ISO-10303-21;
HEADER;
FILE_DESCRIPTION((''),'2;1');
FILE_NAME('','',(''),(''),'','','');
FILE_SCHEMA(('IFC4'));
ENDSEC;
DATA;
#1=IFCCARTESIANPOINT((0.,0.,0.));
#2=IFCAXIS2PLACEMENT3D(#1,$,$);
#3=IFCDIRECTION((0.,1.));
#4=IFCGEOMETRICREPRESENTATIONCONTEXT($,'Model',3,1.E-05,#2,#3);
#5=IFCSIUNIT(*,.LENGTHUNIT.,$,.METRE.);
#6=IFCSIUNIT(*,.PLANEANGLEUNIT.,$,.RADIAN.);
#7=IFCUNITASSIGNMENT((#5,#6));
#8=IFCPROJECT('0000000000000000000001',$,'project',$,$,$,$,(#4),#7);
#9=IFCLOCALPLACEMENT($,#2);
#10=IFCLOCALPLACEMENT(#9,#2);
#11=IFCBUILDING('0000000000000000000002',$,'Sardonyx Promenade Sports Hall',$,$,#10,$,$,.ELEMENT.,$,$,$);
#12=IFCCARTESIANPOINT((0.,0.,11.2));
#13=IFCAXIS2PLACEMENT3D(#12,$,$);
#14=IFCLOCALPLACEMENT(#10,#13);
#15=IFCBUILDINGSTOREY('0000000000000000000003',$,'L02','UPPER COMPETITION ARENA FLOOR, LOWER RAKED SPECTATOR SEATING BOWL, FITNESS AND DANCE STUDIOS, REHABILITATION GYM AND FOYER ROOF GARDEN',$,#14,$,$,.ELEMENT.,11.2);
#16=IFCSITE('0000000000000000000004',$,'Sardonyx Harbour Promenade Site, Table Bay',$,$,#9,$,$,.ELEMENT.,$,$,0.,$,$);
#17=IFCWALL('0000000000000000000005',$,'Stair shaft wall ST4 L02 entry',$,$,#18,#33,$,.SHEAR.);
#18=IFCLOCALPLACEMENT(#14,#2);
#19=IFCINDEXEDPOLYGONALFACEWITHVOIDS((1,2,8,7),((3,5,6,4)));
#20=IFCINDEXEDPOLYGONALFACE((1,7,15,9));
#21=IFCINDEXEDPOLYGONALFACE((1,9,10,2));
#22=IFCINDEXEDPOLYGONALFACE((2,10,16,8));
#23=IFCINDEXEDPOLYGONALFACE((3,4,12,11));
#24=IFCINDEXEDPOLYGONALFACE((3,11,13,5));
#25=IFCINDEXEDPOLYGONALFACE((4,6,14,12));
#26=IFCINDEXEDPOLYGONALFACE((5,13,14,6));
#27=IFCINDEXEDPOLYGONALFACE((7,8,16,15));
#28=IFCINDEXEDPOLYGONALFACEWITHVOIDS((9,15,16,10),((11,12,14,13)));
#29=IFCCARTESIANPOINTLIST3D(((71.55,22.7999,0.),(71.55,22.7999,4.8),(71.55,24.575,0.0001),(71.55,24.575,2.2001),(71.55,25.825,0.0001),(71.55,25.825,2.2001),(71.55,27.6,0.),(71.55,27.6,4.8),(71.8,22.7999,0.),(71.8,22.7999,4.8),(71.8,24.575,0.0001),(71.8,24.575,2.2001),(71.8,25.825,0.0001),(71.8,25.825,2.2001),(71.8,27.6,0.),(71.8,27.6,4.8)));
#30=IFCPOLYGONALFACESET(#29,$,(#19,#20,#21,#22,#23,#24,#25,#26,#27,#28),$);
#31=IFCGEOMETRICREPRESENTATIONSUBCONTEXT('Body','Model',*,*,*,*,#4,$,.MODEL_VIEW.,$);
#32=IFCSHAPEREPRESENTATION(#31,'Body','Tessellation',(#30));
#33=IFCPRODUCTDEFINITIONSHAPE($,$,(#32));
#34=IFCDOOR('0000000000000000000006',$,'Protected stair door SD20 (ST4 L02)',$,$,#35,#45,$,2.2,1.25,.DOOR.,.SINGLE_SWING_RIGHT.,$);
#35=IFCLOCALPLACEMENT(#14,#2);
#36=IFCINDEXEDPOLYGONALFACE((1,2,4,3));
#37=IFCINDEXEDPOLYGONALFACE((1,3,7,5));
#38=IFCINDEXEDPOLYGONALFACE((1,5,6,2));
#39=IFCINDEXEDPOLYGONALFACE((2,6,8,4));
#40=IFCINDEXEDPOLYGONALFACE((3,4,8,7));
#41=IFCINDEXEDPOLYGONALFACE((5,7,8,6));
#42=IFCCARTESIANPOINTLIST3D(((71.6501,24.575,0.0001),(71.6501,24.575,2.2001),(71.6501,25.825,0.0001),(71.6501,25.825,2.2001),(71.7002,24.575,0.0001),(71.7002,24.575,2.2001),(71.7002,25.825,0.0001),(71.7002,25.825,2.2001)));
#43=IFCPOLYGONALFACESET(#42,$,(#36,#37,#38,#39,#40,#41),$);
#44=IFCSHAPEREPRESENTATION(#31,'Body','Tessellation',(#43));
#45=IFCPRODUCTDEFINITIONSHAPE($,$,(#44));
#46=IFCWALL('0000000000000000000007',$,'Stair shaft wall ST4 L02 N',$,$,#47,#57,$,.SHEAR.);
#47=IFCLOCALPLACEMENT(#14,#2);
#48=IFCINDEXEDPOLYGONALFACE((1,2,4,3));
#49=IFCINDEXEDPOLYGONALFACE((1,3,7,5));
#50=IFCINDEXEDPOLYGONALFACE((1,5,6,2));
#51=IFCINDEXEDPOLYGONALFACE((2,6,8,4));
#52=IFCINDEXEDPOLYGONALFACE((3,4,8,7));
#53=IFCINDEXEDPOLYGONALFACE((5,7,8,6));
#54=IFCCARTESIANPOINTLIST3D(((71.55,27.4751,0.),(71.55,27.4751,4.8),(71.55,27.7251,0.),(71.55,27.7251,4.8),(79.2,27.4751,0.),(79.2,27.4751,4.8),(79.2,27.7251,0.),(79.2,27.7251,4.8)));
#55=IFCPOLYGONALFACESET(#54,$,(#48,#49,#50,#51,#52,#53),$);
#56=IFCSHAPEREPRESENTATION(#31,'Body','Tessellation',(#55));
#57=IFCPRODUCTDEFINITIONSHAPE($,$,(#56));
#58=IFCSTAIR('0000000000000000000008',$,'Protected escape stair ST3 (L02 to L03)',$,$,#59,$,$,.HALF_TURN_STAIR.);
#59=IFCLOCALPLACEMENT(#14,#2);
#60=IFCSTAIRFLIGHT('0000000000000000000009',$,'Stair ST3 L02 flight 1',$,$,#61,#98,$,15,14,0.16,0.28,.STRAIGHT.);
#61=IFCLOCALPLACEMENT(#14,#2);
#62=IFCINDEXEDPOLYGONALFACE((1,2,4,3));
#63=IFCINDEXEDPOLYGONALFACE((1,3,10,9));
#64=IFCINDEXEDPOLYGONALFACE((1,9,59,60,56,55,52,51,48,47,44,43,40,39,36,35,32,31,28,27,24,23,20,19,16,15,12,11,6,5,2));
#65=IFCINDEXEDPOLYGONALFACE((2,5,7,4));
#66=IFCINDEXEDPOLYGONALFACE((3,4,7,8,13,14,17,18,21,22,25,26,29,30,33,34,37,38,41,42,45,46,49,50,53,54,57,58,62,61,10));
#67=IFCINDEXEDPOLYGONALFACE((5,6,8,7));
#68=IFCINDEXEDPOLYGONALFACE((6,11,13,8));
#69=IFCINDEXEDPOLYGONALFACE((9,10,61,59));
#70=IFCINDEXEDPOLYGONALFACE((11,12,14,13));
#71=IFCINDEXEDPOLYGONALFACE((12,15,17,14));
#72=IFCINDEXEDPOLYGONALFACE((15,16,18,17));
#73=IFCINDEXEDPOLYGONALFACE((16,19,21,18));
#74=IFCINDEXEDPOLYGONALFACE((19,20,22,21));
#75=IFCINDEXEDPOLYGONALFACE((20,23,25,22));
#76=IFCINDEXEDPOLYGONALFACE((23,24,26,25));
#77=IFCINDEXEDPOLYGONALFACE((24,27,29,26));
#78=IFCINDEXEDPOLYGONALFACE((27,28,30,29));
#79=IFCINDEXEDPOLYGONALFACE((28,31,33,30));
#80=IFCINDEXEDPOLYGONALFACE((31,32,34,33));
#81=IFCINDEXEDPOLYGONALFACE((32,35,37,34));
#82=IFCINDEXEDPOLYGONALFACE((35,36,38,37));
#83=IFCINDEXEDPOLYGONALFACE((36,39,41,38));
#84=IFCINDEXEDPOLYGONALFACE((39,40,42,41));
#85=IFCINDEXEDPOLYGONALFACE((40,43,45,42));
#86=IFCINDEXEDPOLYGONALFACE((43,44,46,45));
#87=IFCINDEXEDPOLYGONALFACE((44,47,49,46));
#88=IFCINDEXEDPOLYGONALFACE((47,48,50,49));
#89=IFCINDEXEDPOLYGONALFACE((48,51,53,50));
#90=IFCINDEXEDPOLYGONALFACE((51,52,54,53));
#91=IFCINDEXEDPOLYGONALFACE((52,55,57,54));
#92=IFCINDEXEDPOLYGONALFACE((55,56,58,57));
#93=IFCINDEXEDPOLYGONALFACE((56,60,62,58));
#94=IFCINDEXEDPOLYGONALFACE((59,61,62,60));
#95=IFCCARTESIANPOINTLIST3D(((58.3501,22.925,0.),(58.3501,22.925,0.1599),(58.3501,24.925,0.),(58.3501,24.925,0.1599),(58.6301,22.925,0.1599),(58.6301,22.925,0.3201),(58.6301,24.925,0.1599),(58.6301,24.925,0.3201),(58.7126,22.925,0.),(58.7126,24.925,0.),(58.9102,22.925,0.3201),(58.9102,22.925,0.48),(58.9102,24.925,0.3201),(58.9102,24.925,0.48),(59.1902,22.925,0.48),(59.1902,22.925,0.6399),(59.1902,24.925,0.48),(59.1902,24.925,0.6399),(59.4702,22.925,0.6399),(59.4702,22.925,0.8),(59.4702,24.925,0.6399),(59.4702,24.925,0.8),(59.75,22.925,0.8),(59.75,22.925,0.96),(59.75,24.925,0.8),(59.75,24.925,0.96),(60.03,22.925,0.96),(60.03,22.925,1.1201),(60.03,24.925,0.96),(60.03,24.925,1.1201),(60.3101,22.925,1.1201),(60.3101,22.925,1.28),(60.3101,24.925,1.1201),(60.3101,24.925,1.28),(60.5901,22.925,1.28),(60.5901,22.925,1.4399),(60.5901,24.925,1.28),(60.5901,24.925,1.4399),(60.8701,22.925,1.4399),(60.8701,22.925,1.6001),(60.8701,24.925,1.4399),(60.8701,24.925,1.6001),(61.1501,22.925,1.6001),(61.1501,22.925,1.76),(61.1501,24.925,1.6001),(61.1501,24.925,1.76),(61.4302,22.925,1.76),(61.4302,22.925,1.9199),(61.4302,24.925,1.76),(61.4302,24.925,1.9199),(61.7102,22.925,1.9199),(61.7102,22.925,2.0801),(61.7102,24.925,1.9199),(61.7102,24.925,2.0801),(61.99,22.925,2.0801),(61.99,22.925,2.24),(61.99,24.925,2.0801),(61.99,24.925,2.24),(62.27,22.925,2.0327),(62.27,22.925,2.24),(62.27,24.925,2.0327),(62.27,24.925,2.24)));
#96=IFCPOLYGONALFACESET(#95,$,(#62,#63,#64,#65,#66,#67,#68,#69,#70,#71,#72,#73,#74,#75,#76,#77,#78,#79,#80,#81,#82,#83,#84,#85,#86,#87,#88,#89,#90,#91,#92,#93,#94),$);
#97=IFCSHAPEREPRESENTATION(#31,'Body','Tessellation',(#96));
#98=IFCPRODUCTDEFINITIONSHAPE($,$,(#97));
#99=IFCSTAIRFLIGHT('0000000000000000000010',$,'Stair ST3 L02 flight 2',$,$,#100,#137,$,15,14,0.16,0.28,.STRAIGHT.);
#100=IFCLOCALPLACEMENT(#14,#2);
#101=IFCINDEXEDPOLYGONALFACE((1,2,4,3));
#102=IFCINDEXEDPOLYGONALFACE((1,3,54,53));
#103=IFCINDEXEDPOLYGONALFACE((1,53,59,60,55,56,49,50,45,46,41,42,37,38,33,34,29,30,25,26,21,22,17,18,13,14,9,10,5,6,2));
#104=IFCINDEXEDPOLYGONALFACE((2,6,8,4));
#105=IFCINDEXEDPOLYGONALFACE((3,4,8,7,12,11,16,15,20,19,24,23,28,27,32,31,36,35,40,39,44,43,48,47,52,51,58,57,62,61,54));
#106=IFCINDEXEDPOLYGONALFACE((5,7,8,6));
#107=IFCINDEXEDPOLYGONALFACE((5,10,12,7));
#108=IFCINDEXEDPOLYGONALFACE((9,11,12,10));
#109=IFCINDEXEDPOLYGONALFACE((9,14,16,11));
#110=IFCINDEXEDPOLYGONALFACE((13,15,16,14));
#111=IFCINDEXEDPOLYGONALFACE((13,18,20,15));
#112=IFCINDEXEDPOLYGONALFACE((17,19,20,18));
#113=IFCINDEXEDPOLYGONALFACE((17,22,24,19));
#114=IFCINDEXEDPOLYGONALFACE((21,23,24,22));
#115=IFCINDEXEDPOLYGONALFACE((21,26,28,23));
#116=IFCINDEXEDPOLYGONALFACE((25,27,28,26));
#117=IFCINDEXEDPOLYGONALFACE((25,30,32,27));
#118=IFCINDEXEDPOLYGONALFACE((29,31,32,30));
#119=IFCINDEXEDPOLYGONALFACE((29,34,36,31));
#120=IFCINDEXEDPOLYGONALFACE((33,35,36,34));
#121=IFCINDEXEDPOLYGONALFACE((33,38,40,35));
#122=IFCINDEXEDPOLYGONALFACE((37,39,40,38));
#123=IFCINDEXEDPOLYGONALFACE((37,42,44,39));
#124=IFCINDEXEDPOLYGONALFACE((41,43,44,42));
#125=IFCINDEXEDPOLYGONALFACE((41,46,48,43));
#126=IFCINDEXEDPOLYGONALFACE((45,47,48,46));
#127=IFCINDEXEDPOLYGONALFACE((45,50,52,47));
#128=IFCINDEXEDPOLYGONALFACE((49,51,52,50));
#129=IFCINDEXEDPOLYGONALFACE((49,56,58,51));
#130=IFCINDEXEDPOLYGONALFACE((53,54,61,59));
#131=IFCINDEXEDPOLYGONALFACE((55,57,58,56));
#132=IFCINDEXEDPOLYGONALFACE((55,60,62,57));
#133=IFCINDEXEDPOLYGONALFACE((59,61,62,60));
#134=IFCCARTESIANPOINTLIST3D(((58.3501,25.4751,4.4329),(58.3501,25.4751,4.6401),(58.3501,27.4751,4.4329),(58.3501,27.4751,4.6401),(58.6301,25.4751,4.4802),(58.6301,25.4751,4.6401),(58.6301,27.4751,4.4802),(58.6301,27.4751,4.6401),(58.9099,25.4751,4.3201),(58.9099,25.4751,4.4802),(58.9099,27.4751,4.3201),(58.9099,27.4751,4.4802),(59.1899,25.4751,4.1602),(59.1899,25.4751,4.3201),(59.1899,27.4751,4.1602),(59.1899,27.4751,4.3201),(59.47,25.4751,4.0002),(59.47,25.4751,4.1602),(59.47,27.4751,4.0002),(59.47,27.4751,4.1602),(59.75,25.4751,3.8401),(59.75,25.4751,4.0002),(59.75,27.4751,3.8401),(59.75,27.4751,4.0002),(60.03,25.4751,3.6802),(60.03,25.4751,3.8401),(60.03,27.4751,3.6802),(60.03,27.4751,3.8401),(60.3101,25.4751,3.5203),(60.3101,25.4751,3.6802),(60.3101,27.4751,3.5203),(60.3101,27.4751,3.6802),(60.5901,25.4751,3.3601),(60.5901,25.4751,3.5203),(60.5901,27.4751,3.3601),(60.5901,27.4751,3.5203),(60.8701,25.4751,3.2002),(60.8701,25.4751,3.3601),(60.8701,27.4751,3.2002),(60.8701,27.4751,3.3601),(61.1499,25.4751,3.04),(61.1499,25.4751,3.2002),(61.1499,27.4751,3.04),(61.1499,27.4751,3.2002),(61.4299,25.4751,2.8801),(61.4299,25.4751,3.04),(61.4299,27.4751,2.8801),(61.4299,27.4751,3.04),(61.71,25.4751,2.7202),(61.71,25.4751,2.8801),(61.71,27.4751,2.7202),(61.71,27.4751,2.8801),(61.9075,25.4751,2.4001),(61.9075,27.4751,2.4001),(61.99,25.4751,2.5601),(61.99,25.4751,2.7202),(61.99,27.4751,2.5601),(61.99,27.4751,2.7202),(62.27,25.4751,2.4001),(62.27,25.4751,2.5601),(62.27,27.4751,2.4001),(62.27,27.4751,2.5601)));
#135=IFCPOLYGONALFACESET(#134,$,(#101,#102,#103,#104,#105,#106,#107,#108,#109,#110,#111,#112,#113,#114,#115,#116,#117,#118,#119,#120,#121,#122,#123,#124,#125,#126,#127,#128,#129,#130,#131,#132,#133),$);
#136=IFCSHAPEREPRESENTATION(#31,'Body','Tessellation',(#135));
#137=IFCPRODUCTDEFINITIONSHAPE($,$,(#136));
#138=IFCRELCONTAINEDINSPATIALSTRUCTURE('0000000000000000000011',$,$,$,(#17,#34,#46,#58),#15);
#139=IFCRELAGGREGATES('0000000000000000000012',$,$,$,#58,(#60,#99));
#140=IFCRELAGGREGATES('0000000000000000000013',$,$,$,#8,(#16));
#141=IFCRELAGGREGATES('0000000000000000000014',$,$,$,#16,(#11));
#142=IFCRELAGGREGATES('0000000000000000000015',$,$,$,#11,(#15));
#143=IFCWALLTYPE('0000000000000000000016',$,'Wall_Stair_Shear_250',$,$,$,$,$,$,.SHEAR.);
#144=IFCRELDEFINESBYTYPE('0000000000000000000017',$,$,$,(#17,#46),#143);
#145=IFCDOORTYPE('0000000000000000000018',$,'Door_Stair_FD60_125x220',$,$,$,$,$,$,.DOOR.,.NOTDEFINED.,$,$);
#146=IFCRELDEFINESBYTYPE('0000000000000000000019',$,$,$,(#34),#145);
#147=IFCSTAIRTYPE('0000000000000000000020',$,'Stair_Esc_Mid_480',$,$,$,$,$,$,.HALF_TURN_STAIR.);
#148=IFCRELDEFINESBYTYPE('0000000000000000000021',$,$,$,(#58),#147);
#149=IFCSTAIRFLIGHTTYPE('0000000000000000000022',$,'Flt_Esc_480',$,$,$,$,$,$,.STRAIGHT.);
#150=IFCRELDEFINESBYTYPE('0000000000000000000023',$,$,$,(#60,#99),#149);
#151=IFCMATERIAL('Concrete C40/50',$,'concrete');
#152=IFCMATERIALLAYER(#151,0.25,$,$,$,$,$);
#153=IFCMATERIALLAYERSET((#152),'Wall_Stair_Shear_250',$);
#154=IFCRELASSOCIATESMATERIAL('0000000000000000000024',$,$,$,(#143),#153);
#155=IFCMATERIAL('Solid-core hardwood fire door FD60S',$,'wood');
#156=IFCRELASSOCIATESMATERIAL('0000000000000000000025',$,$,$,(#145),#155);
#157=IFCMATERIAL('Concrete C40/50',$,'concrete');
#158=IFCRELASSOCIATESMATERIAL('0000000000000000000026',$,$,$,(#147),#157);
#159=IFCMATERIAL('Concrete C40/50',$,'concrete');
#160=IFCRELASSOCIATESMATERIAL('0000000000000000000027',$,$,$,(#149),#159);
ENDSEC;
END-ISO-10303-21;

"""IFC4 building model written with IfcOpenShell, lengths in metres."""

from ifc_helpers import new_model, si_unit, direction, frame, frame_2d, origin, place, context, subcontext, project, spatial, polyline, rectangle, outline, extrude, material, layer, layer_set, type_object, element, fill, aggregate, save


model = new_model("IFC4")

# Units and contexts
model_context = context("Model", 3, precision=1e-05, world=origin(), true_north=direction((0.0, 1.0)))
body_context = subcontext(model_context, "Body", "Model", "MODEL_VIEW")
ifc_project = project(units=[si_unit("LENGTHUNIT", "METRE"), si_unit("PLANEANGLEUNIT", "RADIAN")], contexts=[model_context])

# Site, building, storey
site_placement = place(None, origin())
site = spatial("IfcSite", under=ifc_project, at=site_placement, Name="Sardonyx Harbour Promenade Site, Table Bay", CompositionType="ELEMENT", RefElevation=0.0)
building_placement = place(site_placement, origin())
building = spatial("IfcBuilding", under=site, at=building_placement, Name="Sardonyx Promenade Sports Hall", CompositionType="ELEMENT")
storey_placement = place(building_placement, frame((0.0, 0.0, 11.2)))
storey = spatial("IfcBuildingStorey", under=building, at=storey_placement, Name="L02", Description="UPPER COMPETITION ARENA FLOOR, LOWER RAKED SPECTATOR SEATING BOWL, FITNESS AND DANCE STUDIOS, REHABILITATION GYM AND FOYER ROOF GARDEN", CompositionType="ELEMENT", Elevation=11.2)

# Shared definitions
ifc_material_1 = material(Name="Concrete C40/50", Category="concrete")
ifc_layer_1 = layer(ifc_material_1, 0.25)
ifc_layer_set_1 = layer_set([ifc_layer_1], Name="Wall_Stair_Shear_250")
wall_type_1 = type_object("IfcWallType", Name="Wall_Stair_Shear_250", PredefinedType="SHEAR", material=ifc_layer_set_1)

# Wall, opening, door
wall_1_placement = place(storey_placement, frame((71.675, 22.8, 0.0), z_axis=(0.0, 0.0, 1.0), x_axis=(0.0, 1.0, 0.0)))
wall_1 = element("IfcWall", 1, at=wall_1_placement, inside=storey, type_object=wall_type_1, Name="Stair shaft wall ST4 L02 entry", PredefinedType="SHEAR", context=body_context, shape_type="SweptSolid", body=[
    extrude(rectangle(XDim=4.8, YDim=0.25, at=frame_2d((2.3999, 0.0))), origin(), (0.0, 0.0, 1.0), 4.8),
])
opening_1_placement = place(wall_1_placement, frame((1.7749, 0.0, 0.0)))
opening_1 = element("IfcOpeningElement", 2, at=opening_1_placement, cuts=wall_1, PredefinedType="OPENING", context=body_context, shape_type="SweptSolid", body=[
    extrude(rectangle(XDim=1.25, YDim=2.2, at=frame_2d((0.625, 1.1001))), frame((0.0, 0.135, 0.0), z_axis=(0.0, -1.0, 0.0), x_axis=(1.0, 0.0, 0.0)), (0.0, 0.0, 1.0), 0.27),
])
ifc_material_2 = material(Name="Solid-core hardwood fire door FD60S", Category="wood")
door_type_1 = type_object("IfcDoorType", Name="Door_Stair_FD60_125x220", OperationType="NOTDEFINED", PredefinedType="DOOR", material=ifc_material_2)
door_1_placement = place(opening_1_placement, origin())
door_1 = element("IfcDoor", 3, at=door_1_placement, inside=storey, type_object=door_type_1, Name="Protected stair door SD20 (ST4 L02)", OperationType="SINGLE_SWING_RIGHT", OverallHeight=2.2, OverallWidth=1.25, PredefinedType="DOOR", context=body_context, shape_type="SweptSolid", body=[
    extrude(rectangle(XDim=1.25, YDim=2.2, at=frame_2d((0.625, 1.1001))), frame((0.0, 0.0249, 0.0), z_axis=(0.0, -1.0, 0.0), x_axis=(1.0, 0.0, 0.0)), (0.0, 0.0, 1.0), 0.05),
])
fill(opening_1, door_1)

# Wall
wall_2_placement = place(storey_placement, frame((71.55, 27.6001, 0.0), z_axis=(0.0, 0.0, 1.0), x_axis=(1.0, 0.0, 0.0)))
element("IfcWall", 4, at=wall_2_placement, inside=storey, type_object=wall_type_1, Name="Stair shaft wall ST4 L02 N", PredefinedType="SHEAR", context=body_context, shape_type="SweptSolid", body=[
    extrude(rectangle(XDim=7.6499, YDim=0.25, at=frame_2d((3.825, 0.0))), origin(), (0.0, 0.0, 1.0), 4.8),
])

# Stair, stair flights
ifc_material_3 = material(Name="Concrete C40/50", Category="concrete")
stair_type = type_object("IfcStairType", Name="Stair_Esc_Mid_480", PredefinedType="HALF_TURN_STAIR", material=ifc_material_3)
stair_placement = place(storey_placement, origin())
stair = element("IfcStair", 5, at=stair_placement, inside=storey, type_object=stair_type, Name="Protected escape stair ST3 (L02 to L03)", PredefinedType="HALF_TURN_STAIR")
ifc_material_4 = material(Name="Concrete C40/50", Category="concrete")
stair_flight_type = type_object("IfcStairFlightType", Name="Flt_Esc_480", PredefinedType="STRAIGHT", material=ifc_material_4)
stair_flight_1_placement = place(storey_placement, frame((58.3501, 23.925, 0.0), z_axis=(0.0, 0.0, 1.0), x_axis=(1.0, 0.0, 0.0)))
stair_flight_1 = element("IfcStairFlight", 6, at=stair_flight_1_placement, type_object=stair_flight_type, Name="Stair ST3 L02 flight 1", NumberOfRisers=15, NumberOfTreads=14, PredefinedType="STRAIGHT", RiserHeight=0.16, TreadLength=0.28, context=body_context, shape_type="SweptSolid", body=[
    extrude(outline(polyline([(0.0, 0.0), (0.0, 0.1599), (0.28, 0.1599), (0.28, 0.3201), (0.5601, 0.3201), (0.5601, 0.48), (0.8401, 0.48), (0.8401, 0.6399), (1.1201, 0.6399), (1.1201, 0.8), (1.3999, 0.8), (1.3999, 0.96), (1.6799, 0.96), (1.6799, 1.1201), (1.96, 1.1201), (1.96, 1.28), (2.24, 1.28), (2.24, 1.4399), (2.52, 1.4399), (2.52, 1.6001), (2.8, 1.6001), (2.8, 1.76), (3.0801, 1.76), (3.0801, 1.9199), (3.3601, 1.9199), (3.3601, 2.0801), (3.6399, 2.0801), (3.6399, 2.24), (3.9199, 2.24), (3.9199, 2.3999), (3.9199, 2.0327), (0.3625, 0.0), (0.0, 0.0)])), frame((0.0, 1.0, 0.0), z_axis=(0.0, -1.0, 0.0), x_axis=(1.0, 0.0, 0.0)), (0.0, 0.0, 1.0), 2.0),
])
stair_flight_2_placement = place(storey_placement, frame((62.27, 26.4751, 2.4001), z_axis=(0.0, 0.0, 1.0), x_axis=(-1.0, 0.0, 0.0)))
stair_flight_2 = element("IfcStairFlight", 7, at=stair_flight_2_placement, type_object=stair_flight_type, Name="Stair ST3 L02 flight 2", NumberOfRisers=15, NumberOfTreads=14, PredefinedType="STRAIGHT", RiserHeight=0.16, TreadLength=0.28, context=body_context, shape_type="SweptSolid", body=[
    extrude(outline(polyline([(0.0, 0.0), (0.0, 0.1599), (0.28, 0.1599), (0.28, 0.3201), (0.5601, 0.3201), (0.5601, 0.48), (0.8401, 0.48), (0.8401, 0.6399), (1.1201, 0.6399), (1.1201, 0.8), (1.3999, 0.8), (1.3999, 0.96), (1.6799, 0.96), (1.6799, 1.1201), (1.96, 1.1201), (1.96, 1.28), (2.24, 1.28), (2.24, 1.4399), (2.52, 1.4399), (2.52, 1.6001), (2.8, 1.6001), (2.8, 1.76), (3.0801, 1.76), (3.0801, 1.9199), (3.3601, 1.9199), (3.3601, 2.0801), (3.6399, 2.0801), (3.6399, 2.24), (3.9199, 2.24), (3.9199, 2.3999), (3.9199, 2.0327), (0.3625, 0.0), (0.0, 0.0)])), frame((0.0, 1.0, 0.0), z_axis=(0.0, -1.0, 0.0), x_axis=(1.0, 0.0, 0.0)), (0.0, 0.0, 1.0), 2.0),
])
aggregate(stair, [stair_flight_1, stair_flight_2])

save(model, "model.ifc")
